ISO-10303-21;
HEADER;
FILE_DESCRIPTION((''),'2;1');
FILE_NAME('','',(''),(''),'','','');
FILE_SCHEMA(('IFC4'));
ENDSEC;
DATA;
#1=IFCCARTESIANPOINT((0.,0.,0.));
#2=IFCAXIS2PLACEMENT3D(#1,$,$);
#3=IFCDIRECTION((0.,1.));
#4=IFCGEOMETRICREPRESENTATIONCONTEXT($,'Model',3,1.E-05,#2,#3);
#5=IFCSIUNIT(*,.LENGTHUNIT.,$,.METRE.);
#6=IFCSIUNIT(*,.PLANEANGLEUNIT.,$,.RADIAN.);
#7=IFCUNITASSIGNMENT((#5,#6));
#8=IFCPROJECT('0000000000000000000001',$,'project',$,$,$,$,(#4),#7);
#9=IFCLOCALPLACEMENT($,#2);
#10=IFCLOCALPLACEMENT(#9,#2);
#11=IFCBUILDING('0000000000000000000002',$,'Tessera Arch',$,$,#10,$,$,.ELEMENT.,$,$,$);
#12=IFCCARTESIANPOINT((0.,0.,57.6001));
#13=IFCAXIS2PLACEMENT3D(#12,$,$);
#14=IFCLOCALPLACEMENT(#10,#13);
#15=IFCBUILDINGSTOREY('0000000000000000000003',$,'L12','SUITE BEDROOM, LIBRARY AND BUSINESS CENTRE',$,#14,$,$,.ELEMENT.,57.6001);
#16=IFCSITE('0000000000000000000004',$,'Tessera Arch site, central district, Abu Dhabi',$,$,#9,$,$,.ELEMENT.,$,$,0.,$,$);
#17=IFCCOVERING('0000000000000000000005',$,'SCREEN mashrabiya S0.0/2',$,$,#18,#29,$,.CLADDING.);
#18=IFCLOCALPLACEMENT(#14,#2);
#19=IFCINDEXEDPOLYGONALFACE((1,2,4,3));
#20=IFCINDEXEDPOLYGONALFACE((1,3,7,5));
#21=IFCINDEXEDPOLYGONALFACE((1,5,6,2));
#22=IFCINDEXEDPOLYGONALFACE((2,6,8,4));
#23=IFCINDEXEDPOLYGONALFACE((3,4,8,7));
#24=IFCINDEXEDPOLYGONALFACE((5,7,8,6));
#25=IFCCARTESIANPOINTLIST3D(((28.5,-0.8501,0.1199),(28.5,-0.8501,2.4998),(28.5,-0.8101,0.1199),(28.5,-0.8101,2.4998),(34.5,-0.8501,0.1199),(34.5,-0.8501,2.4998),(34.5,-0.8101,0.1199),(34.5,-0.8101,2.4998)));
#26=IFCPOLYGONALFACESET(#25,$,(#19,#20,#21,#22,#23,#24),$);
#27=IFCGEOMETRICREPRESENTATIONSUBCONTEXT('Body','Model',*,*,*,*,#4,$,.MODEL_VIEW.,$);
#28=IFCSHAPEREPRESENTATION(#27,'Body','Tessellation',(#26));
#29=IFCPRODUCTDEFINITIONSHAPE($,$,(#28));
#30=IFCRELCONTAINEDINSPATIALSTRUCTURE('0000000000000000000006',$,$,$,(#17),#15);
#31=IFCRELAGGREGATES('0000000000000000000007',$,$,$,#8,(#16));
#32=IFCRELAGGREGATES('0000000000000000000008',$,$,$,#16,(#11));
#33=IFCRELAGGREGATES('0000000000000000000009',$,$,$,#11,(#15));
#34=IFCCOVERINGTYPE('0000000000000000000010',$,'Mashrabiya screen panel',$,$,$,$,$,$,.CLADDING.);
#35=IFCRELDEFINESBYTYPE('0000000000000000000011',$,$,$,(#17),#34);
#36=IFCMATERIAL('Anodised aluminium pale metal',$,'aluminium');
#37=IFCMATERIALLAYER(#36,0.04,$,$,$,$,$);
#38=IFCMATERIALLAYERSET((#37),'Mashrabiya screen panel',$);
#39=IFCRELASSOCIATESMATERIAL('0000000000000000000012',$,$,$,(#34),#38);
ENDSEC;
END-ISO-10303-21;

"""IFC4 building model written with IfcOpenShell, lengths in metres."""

from ifc_helpers import new_model, si_unit, direction, frame, origin, origin_2d, place, context, subcontext, project, spatial, rectangle, extrude, material, layer, layer_set, type_object, element, save


model = new_model("IFC4")

# Units and contexts
model_context = context("Model", 3, precision=1e-05, world=origin(), true_north=direction((0.0, 1.0)))
body_context = subcontext(model_context, "Body", "Model", "MODEL_VIEW")
ifc_project = project(units=[si_unit("LENGTHUNIT", "METRE"), si_unit("PLANEANGLEUNIT", "RADIAN")], contexts=[model_context])

# Site, building, storey
site_placement = place(None, origin())
site = spatial("IfcSite", under=ifc_project, at=site_placement, Name="Tessera Arch site, central district, Abu Dhabi", CompositionType="ELEMENT", RefElevation=0.0)
building_placement = place(site_placement, origin())
building = spatial("IfcBuilding", under=site, at=building_placement, Name="Tessera Arch", CompositionType="ELEMENT")
storey_placement = place(building_placement, frame((0.0, 0.0, 57.6001)))
storey = spatial("IfcBuildingStorey", under=building, at=storey_placement, Name="L12", Description="SUITE BEDROOM, LIBRARY AND BUSINESS CENTRE", CompositionType="ELEMENT", Elevation=57.6001)

# Covering
ifc_material_1 = material(Name="Anodised aluminium pale metal", Category="aluminium")
ifc_layer_1 = layer(ifc_material_1, 0.04)
ifc_layer_set_1 = layer_set([ifc_layer_1], Name="Mashrabiya screen panel")
covering_type = type_object("IfcCoveringType", Name="Mashrabiya screen panel", PredefinedType="CLADDING", material=ifc_layer_set_1)
covering_placement = place(storey_placement, frame((31.5, -0.8301, 0.1199), z_axis=(0.0, 0.0, 1.0), x_axis=(1.0, 0.0, 0.0)))
element("IfcCovering", 1, at=covering_placement, inside=storey, type_object=covering_type, Name="SCREEN mashrabiya S0.0/2", PredefinedType="CLADDING", context=body_context, shape_type="SweptSolid", body=[
    extrude(rectangle(XDim=6.0, YDim=0.04, at=origin_2d()), origin(), (0.0, 0.0, 1.0), 2.3799),
])

save(model, "model.ifc")
